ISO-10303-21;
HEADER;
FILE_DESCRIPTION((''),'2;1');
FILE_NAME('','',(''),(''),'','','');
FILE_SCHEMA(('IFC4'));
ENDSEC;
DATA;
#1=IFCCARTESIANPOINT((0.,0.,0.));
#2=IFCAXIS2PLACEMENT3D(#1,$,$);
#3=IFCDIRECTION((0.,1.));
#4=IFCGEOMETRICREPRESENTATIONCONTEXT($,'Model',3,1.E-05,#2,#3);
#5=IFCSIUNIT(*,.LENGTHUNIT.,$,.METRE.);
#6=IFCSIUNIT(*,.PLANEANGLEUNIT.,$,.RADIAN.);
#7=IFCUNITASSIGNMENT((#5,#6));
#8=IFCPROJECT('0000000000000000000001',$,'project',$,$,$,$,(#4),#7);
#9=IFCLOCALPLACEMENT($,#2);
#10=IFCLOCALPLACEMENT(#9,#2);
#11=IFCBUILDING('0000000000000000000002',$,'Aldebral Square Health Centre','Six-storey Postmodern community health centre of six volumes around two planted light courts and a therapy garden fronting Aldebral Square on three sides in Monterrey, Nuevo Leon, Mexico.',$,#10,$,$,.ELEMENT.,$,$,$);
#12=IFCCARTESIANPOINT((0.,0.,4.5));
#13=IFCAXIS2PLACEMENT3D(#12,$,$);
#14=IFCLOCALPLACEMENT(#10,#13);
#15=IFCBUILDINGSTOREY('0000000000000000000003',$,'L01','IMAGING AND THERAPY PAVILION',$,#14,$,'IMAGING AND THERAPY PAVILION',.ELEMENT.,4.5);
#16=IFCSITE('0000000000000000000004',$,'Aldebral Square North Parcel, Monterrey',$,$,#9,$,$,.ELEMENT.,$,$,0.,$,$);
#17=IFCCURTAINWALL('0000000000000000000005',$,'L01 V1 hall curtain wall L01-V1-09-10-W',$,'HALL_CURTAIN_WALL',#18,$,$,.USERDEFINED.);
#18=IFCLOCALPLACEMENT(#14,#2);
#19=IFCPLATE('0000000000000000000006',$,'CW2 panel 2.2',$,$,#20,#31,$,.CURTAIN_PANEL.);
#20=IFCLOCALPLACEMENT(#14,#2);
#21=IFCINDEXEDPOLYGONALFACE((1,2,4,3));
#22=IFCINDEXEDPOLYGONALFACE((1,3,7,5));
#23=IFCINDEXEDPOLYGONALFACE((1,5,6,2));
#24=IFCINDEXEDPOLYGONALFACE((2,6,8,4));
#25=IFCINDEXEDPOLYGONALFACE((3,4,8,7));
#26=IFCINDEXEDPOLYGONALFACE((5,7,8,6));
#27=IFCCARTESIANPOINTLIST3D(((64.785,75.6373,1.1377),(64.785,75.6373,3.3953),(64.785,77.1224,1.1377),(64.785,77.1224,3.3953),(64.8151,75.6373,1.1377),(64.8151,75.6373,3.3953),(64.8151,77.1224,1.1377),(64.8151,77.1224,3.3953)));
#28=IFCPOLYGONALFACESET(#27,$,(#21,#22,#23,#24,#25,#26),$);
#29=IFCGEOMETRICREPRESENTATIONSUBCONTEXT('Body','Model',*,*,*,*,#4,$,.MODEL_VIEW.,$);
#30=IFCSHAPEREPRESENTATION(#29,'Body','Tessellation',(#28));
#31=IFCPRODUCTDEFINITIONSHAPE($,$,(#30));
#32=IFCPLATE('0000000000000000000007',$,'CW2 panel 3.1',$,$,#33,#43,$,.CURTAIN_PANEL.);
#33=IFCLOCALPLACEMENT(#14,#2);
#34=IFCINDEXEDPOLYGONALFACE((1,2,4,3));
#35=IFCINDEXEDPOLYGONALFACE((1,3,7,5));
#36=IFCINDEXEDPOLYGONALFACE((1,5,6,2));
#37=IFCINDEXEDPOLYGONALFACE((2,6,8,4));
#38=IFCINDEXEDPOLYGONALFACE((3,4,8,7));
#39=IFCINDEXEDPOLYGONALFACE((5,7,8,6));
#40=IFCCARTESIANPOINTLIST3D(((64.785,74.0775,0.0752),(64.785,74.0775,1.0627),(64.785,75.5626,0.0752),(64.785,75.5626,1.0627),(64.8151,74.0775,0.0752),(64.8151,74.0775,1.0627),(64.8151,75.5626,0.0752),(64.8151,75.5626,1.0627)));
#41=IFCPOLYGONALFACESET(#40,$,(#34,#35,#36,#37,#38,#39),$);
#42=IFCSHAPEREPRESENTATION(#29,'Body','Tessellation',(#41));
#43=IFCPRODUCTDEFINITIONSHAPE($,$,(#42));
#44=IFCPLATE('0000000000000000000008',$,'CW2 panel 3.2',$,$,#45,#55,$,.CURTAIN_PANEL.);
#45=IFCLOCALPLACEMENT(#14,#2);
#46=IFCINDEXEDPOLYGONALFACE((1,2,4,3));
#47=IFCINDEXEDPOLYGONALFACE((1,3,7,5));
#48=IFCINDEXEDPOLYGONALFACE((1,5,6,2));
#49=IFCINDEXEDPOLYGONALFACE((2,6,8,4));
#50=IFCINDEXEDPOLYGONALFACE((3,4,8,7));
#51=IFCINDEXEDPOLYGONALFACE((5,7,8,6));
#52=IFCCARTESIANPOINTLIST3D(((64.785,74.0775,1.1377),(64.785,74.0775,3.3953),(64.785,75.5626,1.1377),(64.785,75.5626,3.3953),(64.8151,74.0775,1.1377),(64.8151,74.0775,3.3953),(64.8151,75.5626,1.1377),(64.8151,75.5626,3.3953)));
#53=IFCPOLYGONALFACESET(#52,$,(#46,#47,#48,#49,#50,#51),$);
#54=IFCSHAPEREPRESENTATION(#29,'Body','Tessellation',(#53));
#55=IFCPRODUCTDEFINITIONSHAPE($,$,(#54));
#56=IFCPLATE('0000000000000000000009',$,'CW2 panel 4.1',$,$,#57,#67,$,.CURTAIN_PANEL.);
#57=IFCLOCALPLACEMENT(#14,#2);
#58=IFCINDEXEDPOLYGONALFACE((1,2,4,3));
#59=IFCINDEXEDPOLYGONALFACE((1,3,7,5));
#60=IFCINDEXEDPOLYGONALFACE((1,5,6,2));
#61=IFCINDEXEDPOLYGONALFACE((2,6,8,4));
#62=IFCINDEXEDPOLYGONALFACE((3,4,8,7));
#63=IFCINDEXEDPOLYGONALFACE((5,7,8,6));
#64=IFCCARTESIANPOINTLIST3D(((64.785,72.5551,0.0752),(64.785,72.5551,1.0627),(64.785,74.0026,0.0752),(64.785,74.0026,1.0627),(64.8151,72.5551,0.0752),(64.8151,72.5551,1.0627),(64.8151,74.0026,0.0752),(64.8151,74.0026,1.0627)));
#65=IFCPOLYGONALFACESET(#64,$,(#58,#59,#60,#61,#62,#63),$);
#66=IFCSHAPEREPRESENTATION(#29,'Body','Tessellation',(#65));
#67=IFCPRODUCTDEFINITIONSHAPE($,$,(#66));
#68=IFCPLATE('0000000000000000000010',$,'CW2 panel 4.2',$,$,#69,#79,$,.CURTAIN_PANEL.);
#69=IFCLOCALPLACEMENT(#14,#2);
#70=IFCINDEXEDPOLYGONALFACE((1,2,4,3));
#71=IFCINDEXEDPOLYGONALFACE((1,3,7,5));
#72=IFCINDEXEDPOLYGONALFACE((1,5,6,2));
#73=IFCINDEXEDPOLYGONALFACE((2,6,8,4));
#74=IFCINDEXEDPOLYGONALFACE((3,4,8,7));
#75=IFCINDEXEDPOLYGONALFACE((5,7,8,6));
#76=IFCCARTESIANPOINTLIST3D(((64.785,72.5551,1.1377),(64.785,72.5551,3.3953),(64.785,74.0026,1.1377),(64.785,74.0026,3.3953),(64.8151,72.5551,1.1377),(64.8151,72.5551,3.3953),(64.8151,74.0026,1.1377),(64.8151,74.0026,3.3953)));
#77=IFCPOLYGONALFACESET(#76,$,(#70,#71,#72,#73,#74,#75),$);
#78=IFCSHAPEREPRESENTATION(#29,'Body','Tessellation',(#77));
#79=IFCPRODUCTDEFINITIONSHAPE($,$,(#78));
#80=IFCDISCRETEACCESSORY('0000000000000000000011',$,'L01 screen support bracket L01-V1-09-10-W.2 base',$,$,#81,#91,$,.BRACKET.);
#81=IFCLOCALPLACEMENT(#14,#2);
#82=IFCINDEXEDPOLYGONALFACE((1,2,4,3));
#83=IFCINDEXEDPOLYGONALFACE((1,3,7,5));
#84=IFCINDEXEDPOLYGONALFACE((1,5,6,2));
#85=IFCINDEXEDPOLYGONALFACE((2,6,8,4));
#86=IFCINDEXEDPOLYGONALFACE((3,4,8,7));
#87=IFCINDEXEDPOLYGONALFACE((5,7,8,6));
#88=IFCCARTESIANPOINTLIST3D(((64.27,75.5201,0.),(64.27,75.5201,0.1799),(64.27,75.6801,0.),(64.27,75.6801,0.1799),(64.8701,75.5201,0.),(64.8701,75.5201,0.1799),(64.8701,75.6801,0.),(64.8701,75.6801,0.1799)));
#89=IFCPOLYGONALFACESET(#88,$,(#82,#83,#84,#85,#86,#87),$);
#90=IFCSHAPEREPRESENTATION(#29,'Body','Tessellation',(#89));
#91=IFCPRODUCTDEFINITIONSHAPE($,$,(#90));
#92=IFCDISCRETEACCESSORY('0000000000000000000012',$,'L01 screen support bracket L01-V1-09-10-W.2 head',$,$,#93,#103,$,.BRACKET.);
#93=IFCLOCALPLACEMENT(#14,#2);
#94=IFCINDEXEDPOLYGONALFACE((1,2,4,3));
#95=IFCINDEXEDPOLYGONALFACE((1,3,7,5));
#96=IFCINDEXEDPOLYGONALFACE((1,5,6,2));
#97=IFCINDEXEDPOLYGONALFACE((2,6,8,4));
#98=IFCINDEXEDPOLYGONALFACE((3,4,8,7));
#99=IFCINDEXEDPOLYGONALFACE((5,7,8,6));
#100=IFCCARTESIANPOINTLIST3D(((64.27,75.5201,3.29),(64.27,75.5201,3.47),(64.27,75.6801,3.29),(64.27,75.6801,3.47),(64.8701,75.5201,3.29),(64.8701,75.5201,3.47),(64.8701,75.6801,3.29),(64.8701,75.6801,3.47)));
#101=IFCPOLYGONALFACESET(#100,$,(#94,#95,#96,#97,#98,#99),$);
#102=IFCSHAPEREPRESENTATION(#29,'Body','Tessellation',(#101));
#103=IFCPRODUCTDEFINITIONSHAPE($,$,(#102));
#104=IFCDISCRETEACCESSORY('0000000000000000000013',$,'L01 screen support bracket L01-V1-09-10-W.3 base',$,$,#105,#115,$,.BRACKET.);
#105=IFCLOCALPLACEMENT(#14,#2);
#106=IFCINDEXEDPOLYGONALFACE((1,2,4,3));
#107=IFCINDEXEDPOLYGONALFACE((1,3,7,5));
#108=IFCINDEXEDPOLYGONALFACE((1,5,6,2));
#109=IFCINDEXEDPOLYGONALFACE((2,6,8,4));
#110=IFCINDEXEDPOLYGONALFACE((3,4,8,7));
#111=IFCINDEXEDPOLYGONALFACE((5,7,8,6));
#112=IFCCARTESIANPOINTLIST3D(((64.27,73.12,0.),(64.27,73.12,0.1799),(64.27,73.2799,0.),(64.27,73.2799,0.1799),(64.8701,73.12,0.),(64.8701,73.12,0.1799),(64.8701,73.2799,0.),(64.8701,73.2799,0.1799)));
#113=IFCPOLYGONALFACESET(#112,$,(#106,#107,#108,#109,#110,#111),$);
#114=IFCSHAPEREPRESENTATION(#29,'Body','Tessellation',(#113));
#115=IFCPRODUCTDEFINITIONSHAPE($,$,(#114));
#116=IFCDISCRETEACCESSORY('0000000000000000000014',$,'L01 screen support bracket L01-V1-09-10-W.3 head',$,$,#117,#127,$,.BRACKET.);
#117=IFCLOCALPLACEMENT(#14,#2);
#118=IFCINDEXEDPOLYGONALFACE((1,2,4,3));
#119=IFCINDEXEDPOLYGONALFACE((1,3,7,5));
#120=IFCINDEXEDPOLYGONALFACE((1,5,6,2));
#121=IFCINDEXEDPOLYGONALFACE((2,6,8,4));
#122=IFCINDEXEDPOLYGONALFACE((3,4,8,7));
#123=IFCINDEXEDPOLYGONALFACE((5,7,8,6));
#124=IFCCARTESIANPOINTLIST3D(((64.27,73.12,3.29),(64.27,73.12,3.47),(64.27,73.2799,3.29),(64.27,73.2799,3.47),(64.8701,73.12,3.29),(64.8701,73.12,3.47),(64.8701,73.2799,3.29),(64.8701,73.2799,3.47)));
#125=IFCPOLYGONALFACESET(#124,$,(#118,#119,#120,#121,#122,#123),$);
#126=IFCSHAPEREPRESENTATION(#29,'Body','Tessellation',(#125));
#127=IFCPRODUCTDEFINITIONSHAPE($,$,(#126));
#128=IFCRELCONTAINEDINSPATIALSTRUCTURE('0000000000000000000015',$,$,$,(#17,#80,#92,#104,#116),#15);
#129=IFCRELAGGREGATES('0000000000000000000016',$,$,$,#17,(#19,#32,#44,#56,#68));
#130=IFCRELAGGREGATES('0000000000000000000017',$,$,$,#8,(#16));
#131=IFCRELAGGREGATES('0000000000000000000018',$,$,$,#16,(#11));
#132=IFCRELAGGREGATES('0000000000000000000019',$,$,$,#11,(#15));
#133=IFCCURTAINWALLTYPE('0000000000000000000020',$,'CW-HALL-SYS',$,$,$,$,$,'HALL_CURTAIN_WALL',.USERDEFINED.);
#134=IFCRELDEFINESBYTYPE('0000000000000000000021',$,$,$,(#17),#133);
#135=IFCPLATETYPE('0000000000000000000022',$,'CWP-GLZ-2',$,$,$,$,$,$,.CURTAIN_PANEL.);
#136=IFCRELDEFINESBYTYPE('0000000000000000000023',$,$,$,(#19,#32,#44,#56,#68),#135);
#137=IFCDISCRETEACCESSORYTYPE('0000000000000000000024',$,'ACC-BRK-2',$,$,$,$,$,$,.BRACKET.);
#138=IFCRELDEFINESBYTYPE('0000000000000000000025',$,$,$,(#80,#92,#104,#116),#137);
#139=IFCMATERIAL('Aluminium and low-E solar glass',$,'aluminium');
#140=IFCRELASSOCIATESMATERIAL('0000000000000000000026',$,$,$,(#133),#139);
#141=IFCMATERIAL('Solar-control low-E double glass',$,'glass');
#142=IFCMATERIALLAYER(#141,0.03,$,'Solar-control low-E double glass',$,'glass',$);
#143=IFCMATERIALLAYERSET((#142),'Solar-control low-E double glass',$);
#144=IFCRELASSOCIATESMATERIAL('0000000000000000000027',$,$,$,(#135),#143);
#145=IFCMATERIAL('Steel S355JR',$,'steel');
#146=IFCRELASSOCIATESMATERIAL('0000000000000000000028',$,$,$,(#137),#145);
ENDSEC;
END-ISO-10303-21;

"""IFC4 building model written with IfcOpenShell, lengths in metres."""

from ifc_helpers import new_model, si_unit, direction, frame, origin, origin_2d, place, context, subcontext, project, spatial, rectangle, extrude, material, layer, layer_set, type_object, element, aggregate, save


model = new_model("IFC4")

# Units and contexts
model_context = context("Model", 3, precision=1e-05, world=origin(), true_north=direction((0.0, 1.0)))
body_context = subcontext(model_context, "Body", "Model", "MODEL_VIEW")
ifc_project = project(units=[si_unit("LENGTHUNIT", "METRE"), si_unit("PLANEANGLEUNIT", "RADIAN")], contexts=[model_context])

# Site, building, storey
site_placement = place(None, origin())
site = spatial("IfcSite", under=ifc_project, at=site_placement, Name="Aldebral Square North Parcel, Monterrey", CompositionType="ELEMENT", RefElevation=0.0)
building_placement = place(site_placement, origin())
building = spatial("IfcBuilding", under=site, at=building_placement, Name="Aldebral Square Health Centre", Description="Six-storey Postmodern community health centre of six volumes around two planted light courts and a therapy garden fronting Aldebral Square on three sides in Monterrey, Nuevo Leon, Mexico.", CompositionType="ELEMENT")
storey_placement = place(building_placement, frame((0.0, 0.0, 4.5)))
storey = spatial("IfcBuildingStorey", under=building, at=storey_placement, Name="L01", Description="IMAGING AND THERAPY PAVILION", LongName="IMAGING AND THERAPY PAVILION", CompositionType="ELEMENT", Elevation=4.5)

# Curtain wall, plates
ifc_material_1 = material(Name="Aluminium and low-E solar glass", Category="aluminium")
curtain_wall_type = type_object("IfcCurtainWallType", Name="CW-HALL-SYS", ElementType="HALL_CURTAIN_WALL", PredefinedType="USERDEFINED", material=ifc_material_1)
curtain_wall_placement = place(storey_placement, origin())
curtain_wall = element("IfcCurtainWall", 1, at=curtain_wall_placement, inside=storey, type_object=curtain_wall_type, Name="L01 V1 hall curtain wall L01-V1-09-10-W", ObjectType="HALL_CURTAIN_WALL", PredefinedType="USERDEFINED")
ifc_material_2 = material(Name="Solar-control low-E double glass", Category="glass")
ifc_layer_1 = layer(ifc_material_2, 0.03, Name="Solar-control low-E double glass", Category="glass")
ifc_layer_set_1 = layer_set([ifc_layer_1], Name="Solar-control low-E double glass")
plate_type = type_object("IfcPlateType", Name="CWP-GLZ-2", PredefinedType="CURTAIN_PANEL", material=ifc_layer_set_1)
plate_1_placement = place(storey_placement, frame((64.8, 76.3799, 1.1377), z_axis=(0.0, 0.0, 1.0), x_axis=(0.0, -1.0, 0.0)))
plate_1 = element("IfcPlate", 2, at=plate_1_placement, type_object=plate_type, Name="CW2 panel 2.2", PredefinedType="CURTAIN_PANEL", context=body_context, shape_type="SweptSolid", body=[
    extrude(rectangle(XDim=1.4851, YDim=0.03, at=origin_2d()), origin(), (0.0, 0.0, 1.0), 2.2576),
])
plate_2_placement = place(storey_placement, frame((64.8, 74.8201, 0.0752), z_axis=(0.0, 0.0, 1.0), x_axis=(0.0, -1.0, 0.0)))
plate_2 = element("IfcPlate", 3, at=plate_2_placement, type_object=plate_type, Name="CW2 panel 3.1", PredefinedType="CURTAIN_PANEL", context=body_context, shape_type="SweptSolid", body=[
    extrude(rectangle(XDim=1.4851, YDim=0.03, at=origin_2d()), origin(), (0.0, 0.0, 1.0), 0.9875),
])
plate_3_placement = place(storey_placement, frame((64.8, 74.8201, 1.1377), z_axis=(0.0, 0.0, 1.0), x_axis=(0.0, -1.0, 0.0)))
plate_3 = element("IfcPlate", 4, at=plate_3_placement, type_object=plate_type, Name="CW2 panel 3.2", PredefinedType="CURTAIN_PANEL", context=body_context, shape_type="SweptSolid", body=[
    extrude(rectangle(XDim=1.4851, YDim=0.03, at=origin_2d()), origin(), (0.0, 0.0, 1.0), 2.2576),
])
plate_4_placement = place(storey_placement, frame((64.8, 73.2788, 0.0752), z_axis=(0.0, 0.0, 1.0), x_axis=(0.0, -1.0, 0.0)))
plate_4 = element("IfcPlate", 5, at=plate_4_placement, type_object=plate_type, Name="CW2 panel 4.1", PredefinedType="CURTAIN_PANEL", context=body_context, shape_type="SweptSolid", body=[
    extrude(rectangle(XDim=1.4475, YDim=0.03, at=origin_2d()), origin(), (0.0, 0.0, 1.0), 0.9875),
])
plate_5_placement = place(storey_placement, frame((64.8, 73.2788, 1.1377), z_axis=(0.0, 0.0, 1.0), x_axis=(0.0, -1.0, 0.0)))
plate_5 = element("IfcPlate", 6, at=plate_5_placement, type_object=plate_type, Name="CW2 panel 4.2", PredefinedType="CURTAIN_PANEL", context=body_context, shape_type="SweptSolid", body=[
    extrude(rectangle(XDim=1.4475, YDim=0.03, at=origin_2d()), origin(), (0.0, 0.0, 1.0), 2.2576),
])
aggregate(curtain_wall, [plate_1, plate_2, plate_3, plate_4, plate_5])

# Discrete accessories
ifc_material_3 = material(Name="Steel S355JR", Category="steel")
discrete_accessory_type = type_object("IfcDiscreteAccessoryType", Name="ACC-BRK-2", PredefinedType="BRACKET", material=ifc_material_3)
for number, where, z_axis, x_axis, name in (
    (7, (64.5701, 75.6001, 0.0), (0.0, 0.0, 1.0), (0.0, 1.0, 0.0), "L01 screen support bracket L01-V1-09-10-W.2 base"),
    (8, (64.5701, 75.6001, 3.29), (0.0, 0.0, 1.0), (0.0, 1.0, 0.0), "L01 screen support bracket L01-V1-09-10-W.2 head"),
    (9, (64.5701, 73.2, 0.0), (0.0, 0.0, 1.0), (0.0, 1.0, 0.0), "L01 screen support bracket L01-V1-09-10-W.3 base"),
    (10, (64.5701, 73.2, 3.29), (0.0, 0.0, 1.0), (0.0, 1.0, 0.0), "L01 screen support bracket L01-V1-09-10-W.3 head"),
):
    element("IfcDiscreteAccessory", number, at=place(storey_placement, frame(where, z_axis=z_axis, x_axis=x_axis)), inside=storey, type_object=discrete_accessory_type, Name=name, PredefinedType="BRACKET", context=body_context, shape_type="SweptSolid", body=[
        extrude(rectangle(XDim=0.1599, YDim=0.6001, at=origin_2d()), origin(), (0.0, 0.0, 1.0), 0.1799),
    ])

save(model, "model.ifc")
